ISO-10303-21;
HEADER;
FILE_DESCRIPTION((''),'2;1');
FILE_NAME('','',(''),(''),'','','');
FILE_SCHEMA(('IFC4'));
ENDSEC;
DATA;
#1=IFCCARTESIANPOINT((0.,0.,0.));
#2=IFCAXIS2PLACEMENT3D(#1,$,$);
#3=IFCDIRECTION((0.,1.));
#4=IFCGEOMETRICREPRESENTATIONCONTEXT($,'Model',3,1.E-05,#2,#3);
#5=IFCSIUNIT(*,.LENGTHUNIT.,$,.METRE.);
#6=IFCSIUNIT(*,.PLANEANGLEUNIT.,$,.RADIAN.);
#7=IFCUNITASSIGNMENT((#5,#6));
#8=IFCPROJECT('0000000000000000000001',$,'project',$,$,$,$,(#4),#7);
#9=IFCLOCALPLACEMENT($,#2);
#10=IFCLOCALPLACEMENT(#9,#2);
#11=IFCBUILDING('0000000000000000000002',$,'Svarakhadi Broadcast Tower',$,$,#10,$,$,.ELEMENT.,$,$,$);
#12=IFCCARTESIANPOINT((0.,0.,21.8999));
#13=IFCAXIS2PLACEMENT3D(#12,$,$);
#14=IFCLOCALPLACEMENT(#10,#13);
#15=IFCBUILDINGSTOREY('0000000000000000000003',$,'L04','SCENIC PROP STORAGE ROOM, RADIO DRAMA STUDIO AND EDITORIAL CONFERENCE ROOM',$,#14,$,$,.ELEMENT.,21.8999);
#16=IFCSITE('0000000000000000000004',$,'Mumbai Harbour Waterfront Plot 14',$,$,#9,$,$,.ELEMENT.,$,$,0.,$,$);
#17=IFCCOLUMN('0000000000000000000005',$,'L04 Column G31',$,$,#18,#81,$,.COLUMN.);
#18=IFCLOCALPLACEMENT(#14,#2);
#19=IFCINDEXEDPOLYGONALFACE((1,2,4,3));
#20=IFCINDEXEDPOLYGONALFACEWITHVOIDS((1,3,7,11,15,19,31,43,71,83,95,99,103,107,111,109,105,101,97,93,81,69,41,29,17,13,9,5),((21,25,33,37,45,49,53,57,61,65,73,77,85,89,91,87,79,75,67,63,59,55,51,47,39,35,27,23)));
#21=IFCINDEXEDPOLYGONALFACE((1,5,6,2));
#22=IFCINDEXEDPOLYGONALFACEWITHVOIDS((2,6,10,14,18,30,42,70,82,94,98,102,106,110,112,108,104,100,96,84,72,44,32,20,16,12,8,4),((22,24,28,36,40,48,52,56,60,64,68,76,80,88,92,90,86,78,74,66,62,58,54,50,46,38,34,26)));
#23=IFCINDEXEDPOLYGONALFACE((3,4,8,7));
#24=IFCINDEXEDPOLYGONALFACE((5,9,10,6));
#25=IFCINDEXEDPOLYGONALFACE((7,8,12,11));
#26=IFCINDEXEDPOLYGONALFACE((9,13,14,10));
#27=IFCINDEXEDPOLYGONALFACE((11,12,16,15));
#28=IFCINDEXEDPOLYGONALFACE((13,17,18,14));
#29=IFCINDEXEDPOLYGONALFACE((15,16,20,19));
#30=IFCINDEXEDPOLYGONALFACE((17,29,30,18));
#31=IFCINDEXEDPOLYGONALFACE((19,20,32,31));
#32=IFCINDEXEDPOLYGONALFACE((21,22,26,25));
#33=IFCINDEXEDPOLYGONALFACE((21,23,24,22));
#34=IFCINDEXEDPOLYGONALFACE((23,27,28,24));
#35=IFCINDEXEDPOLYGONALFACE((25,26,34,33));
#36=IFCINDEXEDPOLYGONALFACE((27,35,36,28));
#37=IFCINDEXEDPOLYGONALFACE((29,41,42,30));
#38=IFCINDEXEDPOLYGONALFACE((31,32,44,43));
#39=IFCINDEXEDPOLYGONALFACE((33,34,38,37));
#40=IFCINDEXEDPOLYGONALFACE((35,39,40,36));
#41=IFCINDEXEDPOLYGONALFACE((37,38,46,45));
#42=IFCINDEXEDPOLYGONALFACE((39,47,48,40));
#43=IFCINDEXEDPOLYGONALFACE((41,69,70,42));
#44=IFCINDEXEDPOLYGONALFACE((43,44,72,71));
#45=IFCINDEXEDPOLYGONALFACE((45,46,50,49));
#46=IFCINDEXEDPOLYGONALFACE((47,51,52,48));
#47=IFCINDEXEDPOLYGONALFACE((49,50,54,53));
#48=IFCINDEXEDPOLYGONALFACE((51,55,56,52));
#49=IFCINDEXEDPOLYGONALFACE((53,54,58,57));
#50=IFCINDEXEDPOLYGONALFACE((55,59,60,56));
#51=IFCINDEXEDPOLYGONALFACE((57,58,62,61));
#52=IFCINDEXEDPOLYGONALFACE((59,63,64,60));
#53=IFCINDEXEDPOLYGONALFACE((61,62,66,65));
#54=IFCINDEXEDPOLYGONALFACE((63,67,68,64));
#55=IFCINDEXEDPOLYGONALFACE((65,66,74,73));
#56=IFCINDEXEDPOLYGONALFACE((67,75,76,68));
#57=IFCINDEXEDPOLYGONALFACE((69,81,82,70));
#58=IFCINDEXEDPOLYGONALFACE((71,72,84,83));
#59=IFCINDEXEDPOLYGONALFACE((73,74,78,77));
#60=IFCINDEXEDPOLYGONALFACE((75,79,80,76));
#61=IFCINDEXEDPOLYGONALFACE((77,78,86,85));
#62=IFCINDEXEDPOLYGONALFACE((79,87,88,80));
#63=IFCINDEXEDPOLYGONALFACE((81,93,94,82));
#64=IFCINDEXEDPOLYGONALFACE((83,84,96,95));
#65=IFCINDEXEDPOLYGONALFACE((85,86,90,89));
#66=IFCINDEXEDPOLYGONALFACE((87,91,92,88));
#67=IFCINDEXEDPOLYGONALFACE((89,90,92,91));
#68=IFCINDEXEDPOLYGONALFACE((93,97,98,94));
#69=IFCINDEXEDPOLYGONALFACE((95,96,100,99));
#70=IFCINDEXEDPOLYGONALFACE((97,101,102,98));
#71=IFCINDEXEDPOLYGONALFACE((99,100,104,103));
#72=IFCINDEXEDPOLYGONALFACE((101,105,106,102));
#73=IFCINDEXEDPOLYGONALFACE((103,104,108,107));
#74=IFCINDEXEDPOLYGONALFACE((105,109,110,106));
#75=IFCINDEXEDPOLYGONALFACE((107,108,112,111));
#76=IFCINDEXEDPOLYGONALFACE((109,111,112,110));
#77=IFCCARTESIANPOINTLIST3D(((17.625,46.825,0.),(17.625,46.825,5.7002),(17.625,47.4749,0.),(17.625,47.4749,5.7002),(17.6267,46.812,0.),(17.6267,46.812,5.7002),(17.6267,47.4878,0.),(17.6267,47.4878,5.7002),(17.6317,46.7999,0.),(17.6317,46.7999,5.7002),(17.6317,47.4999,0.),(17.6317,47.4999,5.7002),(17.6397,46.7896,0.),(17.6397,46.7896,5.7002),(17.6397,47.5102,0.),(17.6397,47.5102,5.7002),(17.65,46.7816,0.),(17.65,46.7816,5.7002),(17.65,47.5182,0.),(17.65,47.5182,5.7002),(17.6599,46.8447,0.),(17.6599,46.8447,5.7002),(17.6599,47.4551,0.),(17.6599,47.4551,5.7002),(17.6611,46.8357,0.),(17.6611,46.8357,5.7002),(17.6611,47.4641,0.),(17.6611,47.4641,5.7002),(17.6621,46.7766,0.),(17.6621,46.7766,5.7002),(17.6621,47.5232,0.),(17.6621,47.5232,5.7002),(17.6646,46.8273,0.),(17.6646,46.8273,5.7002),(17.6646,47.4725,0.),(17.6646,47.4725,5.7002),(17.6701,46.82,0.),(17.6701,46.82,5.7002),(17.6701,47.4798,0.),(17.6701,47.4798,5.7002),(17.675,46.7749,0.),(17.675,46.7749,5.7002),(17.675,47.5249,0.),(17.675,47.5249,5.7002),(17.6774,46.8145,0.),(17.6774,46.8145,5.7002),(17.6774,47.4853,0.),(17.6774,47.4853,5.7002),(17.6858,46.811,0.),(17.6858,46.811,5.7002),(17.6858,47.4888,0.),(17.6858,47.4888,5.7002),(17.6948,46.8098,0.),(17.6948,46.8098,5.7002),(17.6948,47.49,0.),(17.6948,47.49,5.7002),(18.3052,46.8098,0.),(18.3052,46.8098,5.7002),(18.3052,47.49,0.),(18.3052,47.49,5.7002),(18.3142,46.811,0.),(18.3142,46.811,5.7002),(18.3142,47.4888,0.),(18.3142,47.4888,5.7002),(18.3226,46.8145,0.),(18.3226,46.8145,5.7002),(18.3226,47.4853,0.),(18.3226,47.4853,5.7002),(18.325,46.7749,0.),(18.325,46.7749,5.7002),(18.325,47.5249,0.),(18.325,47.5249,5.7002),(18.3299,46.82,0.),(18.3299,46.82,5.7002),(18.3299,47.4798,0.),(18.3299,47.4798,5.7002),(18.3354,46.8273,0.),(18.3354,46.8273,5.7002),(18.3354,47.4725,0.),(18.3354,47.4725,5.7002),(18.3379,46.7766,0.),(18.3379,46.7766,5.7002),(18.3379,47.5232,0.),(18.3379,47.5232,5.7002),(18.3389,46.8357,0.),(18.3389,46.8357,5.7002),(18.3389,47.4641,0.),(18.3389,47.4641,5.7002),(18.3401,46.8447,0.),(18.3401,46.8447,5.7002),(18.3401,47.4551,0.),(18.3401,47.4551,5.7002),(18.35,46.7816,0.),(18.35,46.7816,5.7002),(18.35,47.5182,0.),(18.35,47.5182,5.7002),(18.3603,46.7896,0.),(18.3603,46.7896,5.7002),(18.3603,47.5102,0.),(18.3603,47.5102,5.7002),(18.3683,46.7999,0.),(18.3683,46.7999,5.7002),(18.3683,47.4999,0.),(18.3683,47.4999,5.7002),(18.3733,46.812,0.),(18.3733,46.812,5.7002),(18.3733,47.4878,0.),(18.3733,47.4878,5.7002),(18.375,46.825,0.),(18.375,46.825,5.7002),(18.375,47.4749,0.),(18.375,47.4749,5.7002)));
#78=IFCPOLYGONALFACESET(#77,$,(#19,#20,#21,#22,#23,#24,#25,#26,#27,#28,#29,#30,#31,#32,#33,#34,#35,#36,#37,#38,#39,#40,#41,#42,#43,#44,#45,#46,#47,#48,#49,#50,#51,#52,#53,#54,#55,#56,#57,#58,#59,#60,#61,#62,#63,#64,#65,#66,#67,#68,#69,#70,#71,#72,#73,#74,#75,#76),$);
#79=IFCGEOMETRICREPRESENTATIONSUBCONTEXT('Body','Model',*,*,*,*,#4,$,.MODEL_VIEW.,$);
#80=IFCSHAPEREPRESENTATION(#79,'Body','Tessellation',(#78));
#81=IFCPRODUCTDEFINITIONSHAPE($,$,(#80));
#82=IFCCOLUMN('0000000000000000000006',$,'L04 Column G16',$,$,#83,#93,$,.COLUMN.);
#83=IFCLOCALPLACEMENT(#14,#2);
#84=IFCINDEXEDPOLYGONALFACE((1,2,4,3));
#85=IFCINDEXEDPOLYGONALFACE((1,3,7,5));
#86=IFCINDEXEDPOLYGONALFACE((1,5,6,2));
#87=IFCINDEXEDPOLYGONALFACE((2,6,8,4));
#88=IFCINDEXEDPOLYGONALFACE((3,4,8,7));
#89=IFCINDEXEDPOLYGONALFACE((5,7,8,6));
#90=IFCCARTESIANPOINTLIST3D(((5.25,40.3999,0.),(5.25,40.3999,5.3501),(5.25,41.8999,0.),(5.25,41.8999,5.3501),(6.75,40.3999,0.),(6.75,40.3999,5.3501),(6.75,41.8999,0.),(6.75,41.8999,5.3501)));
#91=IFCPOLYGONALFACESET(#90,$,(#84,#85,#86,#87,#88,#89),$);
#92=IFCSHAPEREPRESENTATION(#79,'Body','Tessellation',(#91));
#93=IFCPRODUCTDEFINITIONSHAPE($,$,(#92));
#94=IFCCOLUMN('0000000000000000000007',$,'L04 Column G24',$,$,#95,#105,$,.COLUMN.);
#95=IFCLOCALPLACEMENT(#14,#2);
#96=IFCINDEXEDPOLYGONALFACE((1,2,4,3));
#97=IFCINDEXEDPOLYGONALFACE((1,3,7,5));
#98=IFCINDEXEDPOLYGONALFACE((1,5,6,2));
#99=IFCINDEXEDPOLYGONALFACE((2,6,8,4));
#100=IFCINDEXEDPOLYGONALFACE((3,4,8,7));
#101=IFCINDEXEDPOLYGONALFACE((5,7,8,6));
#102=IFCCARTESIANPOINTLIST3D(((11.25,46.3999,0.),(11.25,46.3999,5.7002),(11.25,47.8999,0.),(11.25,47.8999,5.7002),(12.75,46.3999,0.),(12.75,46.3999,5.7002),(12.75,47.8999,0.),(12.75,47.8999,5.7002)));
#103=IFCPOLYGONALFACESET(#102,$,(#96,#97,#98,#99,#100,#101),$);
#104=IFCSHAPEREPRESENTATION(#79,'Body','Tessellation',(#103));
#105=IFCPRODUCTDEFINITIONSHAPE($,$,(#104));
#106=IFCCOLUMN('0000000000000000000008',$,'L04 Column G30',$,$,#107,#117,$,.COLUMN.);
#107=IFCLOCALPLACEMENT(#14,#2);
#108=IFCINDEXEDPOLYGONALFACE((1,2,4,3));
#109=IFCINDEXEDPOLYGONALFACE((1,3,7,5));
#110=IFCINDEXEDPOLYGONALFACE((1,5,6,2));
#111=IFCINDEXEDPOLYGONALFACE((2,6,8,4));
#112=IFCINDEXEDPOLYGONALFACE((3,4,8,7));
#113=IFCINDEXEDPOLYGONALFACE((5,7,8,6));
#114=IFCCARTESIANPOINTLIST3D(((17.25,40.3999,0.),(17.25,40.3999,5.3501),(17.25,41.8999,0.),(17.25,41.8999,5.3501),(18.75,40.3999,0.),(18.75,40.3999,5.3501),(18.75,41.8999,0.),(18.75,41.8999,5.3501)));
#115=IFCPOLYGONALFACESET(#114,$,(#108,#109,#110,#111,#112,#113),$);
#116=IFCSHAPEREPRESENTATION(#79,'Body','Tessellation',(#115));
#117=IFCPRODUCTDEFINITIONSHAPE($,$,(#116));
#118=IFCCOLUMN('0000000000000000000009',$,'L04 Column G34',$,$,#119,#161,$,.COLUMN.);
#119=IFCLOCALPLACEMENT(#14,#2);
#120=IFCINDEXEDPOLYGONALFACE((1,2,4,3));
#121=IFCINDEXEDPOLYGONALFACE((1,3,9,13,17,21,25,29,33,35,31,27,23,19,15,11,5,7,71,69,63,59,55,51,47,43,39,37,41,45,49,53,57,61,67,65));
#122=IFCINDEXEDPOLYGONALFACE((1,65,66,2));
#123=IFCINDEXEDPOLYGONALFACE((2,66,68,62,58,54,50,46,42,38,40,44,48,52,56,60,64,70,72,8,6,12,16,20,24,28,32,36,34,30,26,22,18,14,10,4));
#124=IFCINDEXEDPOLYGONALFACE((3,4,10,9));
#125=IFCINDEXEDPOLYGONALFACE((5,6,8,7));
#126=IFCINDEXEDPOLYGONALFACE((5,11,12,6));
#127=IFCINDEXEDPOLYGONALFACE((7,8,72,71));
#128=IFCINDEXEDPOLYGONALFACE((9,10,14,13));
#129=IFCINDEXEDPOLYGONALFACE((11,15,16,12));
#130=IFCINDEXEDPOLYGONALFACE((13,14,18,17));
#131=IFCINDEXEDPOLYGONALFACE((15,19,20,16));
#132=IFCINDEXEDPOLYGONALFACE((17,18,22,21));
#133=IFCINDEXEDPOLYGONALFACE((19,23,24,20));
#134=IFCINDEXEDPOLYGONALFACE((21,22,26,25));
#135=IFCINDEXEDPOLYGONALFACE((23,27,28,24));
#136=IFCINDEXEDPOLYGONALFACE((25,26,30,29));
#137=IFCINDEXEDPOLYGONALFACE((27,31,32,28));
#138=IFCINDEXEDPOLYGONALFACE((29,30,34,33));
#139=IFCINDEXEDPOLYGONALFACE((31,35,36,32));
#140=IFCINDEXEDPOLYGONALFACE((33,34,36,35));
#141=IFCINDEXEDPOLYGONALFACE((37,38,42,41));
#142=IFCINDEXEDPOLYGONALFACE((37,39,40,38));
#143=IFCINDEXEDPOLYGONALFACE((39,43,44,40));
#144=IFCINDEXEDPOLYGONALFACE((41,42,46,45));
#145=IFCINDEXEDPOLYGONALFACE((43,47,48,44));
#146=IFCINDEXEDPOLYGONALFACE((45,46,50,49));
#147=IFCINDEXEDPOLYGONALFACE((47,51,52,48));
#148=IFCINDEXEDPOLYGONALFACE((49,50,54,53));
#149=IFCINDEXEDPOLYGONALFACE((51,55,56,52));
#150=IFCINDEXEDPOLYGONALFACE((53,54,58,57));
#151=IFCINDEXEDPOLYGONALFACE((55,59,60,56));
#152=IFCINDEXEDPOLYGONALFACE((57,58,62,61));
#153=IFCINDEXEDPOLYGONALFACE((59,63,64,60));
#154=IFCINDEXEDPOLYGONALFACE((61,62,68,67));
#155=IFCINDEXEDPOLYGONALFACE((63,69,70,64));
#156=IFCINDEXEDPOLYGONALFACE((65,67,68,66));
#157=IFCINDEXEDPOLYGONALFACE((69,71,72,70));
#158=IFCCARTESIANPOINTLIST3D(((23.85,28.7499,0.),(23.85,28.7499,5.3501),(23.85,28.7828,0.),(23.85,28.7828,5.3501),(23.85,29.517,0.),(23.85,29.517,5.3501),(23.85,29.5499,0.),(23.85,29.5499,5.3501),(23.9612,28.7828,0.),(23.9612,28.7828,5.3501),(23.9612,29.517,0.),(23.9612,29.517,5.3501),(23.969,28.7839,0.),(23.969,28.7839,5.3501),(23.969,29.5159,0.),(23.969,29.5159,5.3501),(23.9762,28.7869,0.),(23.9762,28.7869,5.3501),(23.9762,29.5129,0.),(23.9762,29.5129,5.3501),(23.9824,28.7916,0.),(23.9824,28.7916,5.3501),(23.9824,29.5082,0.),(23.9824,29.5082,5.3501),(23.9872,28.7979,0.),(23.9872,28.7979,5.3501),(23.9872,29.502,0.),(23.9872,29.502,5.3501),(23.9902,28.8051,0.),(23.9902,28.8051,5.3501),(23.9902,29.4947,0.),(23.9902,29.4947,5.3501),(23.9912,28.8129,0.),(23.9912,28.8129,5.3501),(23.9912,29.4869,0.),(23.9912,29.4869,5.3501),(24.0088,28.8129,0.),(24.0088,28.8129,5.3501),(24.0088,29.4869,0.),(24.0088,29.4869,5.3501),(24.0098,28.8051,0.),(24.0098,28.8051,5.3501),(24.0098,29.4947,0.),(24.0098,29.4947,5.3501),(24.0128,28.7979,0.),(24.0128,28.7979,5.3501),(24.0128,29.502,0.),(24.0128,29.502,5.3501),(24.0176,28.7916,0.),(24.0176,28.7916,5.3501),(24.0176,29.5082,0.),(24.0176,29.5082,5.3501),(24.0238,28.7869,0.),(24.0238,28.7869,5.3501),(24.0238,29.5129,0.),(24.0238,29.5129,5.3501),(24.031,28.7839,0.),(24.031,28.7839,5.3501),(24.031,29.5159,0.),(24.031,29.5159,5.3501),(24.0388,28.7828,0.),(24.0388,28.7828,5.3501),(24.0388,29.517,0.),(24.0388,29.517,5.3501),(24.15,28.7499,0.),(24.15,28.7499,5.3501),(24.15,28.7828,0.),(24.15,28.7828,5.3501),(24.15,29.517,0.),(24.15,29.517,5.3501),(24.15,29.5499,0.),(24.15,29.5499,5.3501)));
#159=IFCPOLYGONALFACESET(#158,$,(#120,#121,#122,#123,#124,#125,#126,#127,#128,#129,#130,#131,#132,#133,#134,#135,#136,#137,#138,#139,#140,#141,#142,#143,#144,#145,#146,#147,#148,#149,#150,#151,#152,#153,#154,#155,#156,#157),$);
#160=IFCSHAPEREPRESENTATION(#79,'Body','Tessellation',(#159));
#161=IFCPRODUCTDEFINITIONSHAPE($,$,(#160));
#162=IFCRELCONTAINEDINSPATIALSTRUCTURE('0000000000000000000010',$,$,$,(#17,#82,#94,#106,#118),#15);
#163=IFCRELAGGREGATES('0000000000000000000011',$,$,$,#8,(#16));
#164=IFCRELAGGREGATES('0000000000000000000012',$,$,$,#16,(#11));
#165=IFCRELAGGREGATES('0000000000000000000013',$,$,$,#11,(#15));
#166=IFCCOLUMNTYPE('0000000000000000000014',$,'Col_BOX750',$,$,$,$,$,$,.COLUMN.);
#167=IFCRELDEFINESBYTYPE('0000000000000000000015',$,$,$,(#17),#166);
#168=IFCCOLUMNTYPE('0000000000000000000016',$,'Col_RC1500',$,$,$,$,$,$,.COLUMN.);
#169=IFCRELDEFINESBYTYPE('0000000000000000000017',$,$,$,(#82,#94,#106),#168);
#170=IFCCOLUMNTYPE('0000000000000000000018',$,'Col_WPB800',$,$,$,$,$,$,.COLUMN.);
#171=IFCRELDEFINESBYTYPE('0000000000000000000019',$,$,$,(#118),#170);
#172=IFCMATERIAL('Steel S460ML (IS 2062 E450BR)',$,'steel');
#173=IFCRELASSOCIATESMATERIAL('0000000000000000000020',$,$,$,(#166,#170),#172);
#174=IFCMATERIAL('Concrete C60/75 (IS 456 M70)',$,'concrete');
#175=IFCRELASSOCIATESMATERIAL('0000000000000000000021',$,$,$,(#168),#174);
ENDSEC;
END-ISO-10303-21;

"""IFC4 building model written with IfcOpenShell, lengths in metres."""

from ifc_helpers import new_model, si_unit, direction, frame, origin, origin_2d, place, context, subcontext, project, spatial, rectangle, hollow_rectangle, i_section, extrude, material, material_profile, profile_set, type_object, element, save


model = new_model("IFC4")

# Units and contexts
model_context = context("Model", 3, precision=1e-05, world=origin(), true_north=direction((0.0, 1.0)))
body_context = subcontext(model_context, "Body", "Model", "MODEL_VIEW")
ifc_project = project(units=[si_unit("LENGTHUNIT", "METRE"), si_unit("PLANEANGLEUNIT", "RADIAN")], contexts=[model_context])

# Site, building, storey
site_placement = place(None, origin())
site = spatial("IfcSite", under=ifc_project, at=site_placement, Name="Mumbai Harbour Waterfront Plot 14", CompositionType="ELEMENT", RefElevation=0.0)
building_placement = place(site_placement, origin())
building = spatial("IfcBuilding", under=site, at=building_placement, Name="Svarakhadi Broadcast Tower", CompositionType="ELEMENT")
storey_placement = place(building_placement, frame((0.0, 0.0, 21.8999)))
storey = spatial("IfcBuildingStorey", under=building, at=storey_placement, Name="L04", Description="SCENIC PROP STORAGE ROOM, RADIO DRAMA STUDIO AND EDITORIAL CONFERENCE ROOM", CompositionType="ELEMENT", Elevation=21.8999)

# Columns
ifc_material_1 = material(Name="Steel S460ML (IS 2062 E450BR)", Category="steel")
ifc_material_profile_1 = material_profile(ifc_material_1, hollow_rectangle(XDim=0.75, YDim=0.75, WallThickness=0.0349, InnerFilletRadius=0.0349, OuterFilletRadius=0.05, at=origin_2d()), Name="BOX 750x750x35")
ifc_profile_set_1 = profile_set([ifc_material_profile_1], Name="Steel S460ML (IS 2062 E450BR)")
column_type_1 = type_object("IfcColumnType", Name="Col_BOX750", PredefinedType="COLUMN", material=ifc_profile_set_1)
for number, where, z_axis, x_axis, name in (
    (1, (18.0, 47.1499, 0.0), (0.0, 0.0, 1.0), (1.0, 0.0, 0.0), "L04 Column G31"),
):
    element("IfcColumn", number, at=place(storey_placement, frame(where, z_axis=z_axis, x_axis=x_axis)), inside=storey, type_object=column_type_1, Name=name, PredefinedType="COLUMN", context=body_context, shape_type="SweptSolid", body=[
        extrude(hollow_rectangle(XDim=0.75, YDim=0.75, WallThickness=0.0349, InnerFilletRadius=0.0349, OuterFilletRadius=0.05, at=origin_2d()), origin(), (0.0, 0.0, 1.0), 5.7002),
    ])
ifc_material_2 = material(Name="Concrete C60/75 (IS 456 M70)", Category="concrete")
ifc_material_profile_2 = material_profile(ifc_material_2, rectangle(XDim=1.5, YDim=1.5, at=origin_2d()), Name="RC 1500x1500")
ifc_profile_set_2 = profile_set([ifc_material_profile_2], Name="Concrete C60/75 (IS 456 M70)")
column_type_2 = type_object("IfcColumnType", Name="Col_RC1500", PredefinedType="COLUMN", material=ifc_profile_set_2)
column_1_placement = place(storey_placement, frame((6.0, 41.1499, 0.0), z_axis=(0.0, 0.0, 1.0), x_axis=(1.0, 0.0, 0.0)))
element("IfcColumn", 2, at=column_1_placement, inside=storey, type_object=column_type_2, Name="L04 Column G16", PredefinedType="COLUMN", context=body_context, shape_type="SweptSolid", body=[
    extrude(rectangle(XDim=1.5, YDim=1.5, at=origin_2d()), origin(), (0.0, 0.0, 1.0), 5.3501),
])
column_2_placement = place(storey_placement, frame((12.0, 47.1499, 0.0), z_axis=(0.0, 0.0, 1.0), x_axis=(1.0, 0.0, 0.0)))
element("IfcColumn", 3, at=column_2_placement, inside=storey, type_object=column_type_2, Name="L04 Column G24", PredefinedType="COLUMN", context=body_context, shape_type="SweptSolid", body=[
    extrude(rectangle(XDim=1.5, YDim=1.5, at=origin_2d()), origin(), (0.0, 0.0, 1.0), 5.7002),
])
column_3_placement = place(storey_placement, frame((18.0, 41.1499, 0.0), z_axis=(0.0, 0.0, 1.0), x_axis=(1.0, 0.0, 0.0)))
element("IfcColumn", 4, at=column_3_placement, inside=storey, type_object=column_type_2, Name="L04 Column G30", PredefinedType="COLUMN", context=body_context, shape_type="SweptSolid", body=[
    extrude(rectangle(XDim=1.5, YDim=1.5, at=origin_2d()), origin(), (0.0, 0.0, 1.0), 5.3501),
])
ifc_material_profile_3 = material_profile(ifc_material_1, i_section(OverallWidth=0.3, OverallDepth=0.8, WebThickness=0.0176, FlangeThickness=0.033, FilletRadius=0.03, at=origin_2d()), Name="WPB 800x300x262")
ifc_profile_set_3 = profile_set([ifc_material_profile_3], Name="Steel S460ML (IS 2062 E450BR)")
column_type_3 = type_object("IfcColumnType", Name="Col_WPB800", PredefinedType="COLUMN", material=ifc_profile_set_3)
for number, where, z_axis, x_axis, name in (
    (5, (24.0, 29.1499, 0.0), (0.0, 0.0, 1.0), (1.0, 0.0, 0.0), "L04 Column G34"),
):
    element("IfcColumn", number, at=place(storey_placement, frame(where, z_axis=z_axis, x_axis=x_axis)), inside=storey, type_object=column_type_3, Name=name, PredefinedType="COLUMN", context=body_context, shape_type="SweptSolid", body=[
        extrude(i_section(OverallWidth=0.3, OverallDepth=0.8, WebThickness=0.0176, FlangeThickness=0.033, FilletRadius=0.03, at=origin_2d()), origin(), (0.0, 0.0, 1.0), 5.3501),
    ])

save(model, "model.ifc")
